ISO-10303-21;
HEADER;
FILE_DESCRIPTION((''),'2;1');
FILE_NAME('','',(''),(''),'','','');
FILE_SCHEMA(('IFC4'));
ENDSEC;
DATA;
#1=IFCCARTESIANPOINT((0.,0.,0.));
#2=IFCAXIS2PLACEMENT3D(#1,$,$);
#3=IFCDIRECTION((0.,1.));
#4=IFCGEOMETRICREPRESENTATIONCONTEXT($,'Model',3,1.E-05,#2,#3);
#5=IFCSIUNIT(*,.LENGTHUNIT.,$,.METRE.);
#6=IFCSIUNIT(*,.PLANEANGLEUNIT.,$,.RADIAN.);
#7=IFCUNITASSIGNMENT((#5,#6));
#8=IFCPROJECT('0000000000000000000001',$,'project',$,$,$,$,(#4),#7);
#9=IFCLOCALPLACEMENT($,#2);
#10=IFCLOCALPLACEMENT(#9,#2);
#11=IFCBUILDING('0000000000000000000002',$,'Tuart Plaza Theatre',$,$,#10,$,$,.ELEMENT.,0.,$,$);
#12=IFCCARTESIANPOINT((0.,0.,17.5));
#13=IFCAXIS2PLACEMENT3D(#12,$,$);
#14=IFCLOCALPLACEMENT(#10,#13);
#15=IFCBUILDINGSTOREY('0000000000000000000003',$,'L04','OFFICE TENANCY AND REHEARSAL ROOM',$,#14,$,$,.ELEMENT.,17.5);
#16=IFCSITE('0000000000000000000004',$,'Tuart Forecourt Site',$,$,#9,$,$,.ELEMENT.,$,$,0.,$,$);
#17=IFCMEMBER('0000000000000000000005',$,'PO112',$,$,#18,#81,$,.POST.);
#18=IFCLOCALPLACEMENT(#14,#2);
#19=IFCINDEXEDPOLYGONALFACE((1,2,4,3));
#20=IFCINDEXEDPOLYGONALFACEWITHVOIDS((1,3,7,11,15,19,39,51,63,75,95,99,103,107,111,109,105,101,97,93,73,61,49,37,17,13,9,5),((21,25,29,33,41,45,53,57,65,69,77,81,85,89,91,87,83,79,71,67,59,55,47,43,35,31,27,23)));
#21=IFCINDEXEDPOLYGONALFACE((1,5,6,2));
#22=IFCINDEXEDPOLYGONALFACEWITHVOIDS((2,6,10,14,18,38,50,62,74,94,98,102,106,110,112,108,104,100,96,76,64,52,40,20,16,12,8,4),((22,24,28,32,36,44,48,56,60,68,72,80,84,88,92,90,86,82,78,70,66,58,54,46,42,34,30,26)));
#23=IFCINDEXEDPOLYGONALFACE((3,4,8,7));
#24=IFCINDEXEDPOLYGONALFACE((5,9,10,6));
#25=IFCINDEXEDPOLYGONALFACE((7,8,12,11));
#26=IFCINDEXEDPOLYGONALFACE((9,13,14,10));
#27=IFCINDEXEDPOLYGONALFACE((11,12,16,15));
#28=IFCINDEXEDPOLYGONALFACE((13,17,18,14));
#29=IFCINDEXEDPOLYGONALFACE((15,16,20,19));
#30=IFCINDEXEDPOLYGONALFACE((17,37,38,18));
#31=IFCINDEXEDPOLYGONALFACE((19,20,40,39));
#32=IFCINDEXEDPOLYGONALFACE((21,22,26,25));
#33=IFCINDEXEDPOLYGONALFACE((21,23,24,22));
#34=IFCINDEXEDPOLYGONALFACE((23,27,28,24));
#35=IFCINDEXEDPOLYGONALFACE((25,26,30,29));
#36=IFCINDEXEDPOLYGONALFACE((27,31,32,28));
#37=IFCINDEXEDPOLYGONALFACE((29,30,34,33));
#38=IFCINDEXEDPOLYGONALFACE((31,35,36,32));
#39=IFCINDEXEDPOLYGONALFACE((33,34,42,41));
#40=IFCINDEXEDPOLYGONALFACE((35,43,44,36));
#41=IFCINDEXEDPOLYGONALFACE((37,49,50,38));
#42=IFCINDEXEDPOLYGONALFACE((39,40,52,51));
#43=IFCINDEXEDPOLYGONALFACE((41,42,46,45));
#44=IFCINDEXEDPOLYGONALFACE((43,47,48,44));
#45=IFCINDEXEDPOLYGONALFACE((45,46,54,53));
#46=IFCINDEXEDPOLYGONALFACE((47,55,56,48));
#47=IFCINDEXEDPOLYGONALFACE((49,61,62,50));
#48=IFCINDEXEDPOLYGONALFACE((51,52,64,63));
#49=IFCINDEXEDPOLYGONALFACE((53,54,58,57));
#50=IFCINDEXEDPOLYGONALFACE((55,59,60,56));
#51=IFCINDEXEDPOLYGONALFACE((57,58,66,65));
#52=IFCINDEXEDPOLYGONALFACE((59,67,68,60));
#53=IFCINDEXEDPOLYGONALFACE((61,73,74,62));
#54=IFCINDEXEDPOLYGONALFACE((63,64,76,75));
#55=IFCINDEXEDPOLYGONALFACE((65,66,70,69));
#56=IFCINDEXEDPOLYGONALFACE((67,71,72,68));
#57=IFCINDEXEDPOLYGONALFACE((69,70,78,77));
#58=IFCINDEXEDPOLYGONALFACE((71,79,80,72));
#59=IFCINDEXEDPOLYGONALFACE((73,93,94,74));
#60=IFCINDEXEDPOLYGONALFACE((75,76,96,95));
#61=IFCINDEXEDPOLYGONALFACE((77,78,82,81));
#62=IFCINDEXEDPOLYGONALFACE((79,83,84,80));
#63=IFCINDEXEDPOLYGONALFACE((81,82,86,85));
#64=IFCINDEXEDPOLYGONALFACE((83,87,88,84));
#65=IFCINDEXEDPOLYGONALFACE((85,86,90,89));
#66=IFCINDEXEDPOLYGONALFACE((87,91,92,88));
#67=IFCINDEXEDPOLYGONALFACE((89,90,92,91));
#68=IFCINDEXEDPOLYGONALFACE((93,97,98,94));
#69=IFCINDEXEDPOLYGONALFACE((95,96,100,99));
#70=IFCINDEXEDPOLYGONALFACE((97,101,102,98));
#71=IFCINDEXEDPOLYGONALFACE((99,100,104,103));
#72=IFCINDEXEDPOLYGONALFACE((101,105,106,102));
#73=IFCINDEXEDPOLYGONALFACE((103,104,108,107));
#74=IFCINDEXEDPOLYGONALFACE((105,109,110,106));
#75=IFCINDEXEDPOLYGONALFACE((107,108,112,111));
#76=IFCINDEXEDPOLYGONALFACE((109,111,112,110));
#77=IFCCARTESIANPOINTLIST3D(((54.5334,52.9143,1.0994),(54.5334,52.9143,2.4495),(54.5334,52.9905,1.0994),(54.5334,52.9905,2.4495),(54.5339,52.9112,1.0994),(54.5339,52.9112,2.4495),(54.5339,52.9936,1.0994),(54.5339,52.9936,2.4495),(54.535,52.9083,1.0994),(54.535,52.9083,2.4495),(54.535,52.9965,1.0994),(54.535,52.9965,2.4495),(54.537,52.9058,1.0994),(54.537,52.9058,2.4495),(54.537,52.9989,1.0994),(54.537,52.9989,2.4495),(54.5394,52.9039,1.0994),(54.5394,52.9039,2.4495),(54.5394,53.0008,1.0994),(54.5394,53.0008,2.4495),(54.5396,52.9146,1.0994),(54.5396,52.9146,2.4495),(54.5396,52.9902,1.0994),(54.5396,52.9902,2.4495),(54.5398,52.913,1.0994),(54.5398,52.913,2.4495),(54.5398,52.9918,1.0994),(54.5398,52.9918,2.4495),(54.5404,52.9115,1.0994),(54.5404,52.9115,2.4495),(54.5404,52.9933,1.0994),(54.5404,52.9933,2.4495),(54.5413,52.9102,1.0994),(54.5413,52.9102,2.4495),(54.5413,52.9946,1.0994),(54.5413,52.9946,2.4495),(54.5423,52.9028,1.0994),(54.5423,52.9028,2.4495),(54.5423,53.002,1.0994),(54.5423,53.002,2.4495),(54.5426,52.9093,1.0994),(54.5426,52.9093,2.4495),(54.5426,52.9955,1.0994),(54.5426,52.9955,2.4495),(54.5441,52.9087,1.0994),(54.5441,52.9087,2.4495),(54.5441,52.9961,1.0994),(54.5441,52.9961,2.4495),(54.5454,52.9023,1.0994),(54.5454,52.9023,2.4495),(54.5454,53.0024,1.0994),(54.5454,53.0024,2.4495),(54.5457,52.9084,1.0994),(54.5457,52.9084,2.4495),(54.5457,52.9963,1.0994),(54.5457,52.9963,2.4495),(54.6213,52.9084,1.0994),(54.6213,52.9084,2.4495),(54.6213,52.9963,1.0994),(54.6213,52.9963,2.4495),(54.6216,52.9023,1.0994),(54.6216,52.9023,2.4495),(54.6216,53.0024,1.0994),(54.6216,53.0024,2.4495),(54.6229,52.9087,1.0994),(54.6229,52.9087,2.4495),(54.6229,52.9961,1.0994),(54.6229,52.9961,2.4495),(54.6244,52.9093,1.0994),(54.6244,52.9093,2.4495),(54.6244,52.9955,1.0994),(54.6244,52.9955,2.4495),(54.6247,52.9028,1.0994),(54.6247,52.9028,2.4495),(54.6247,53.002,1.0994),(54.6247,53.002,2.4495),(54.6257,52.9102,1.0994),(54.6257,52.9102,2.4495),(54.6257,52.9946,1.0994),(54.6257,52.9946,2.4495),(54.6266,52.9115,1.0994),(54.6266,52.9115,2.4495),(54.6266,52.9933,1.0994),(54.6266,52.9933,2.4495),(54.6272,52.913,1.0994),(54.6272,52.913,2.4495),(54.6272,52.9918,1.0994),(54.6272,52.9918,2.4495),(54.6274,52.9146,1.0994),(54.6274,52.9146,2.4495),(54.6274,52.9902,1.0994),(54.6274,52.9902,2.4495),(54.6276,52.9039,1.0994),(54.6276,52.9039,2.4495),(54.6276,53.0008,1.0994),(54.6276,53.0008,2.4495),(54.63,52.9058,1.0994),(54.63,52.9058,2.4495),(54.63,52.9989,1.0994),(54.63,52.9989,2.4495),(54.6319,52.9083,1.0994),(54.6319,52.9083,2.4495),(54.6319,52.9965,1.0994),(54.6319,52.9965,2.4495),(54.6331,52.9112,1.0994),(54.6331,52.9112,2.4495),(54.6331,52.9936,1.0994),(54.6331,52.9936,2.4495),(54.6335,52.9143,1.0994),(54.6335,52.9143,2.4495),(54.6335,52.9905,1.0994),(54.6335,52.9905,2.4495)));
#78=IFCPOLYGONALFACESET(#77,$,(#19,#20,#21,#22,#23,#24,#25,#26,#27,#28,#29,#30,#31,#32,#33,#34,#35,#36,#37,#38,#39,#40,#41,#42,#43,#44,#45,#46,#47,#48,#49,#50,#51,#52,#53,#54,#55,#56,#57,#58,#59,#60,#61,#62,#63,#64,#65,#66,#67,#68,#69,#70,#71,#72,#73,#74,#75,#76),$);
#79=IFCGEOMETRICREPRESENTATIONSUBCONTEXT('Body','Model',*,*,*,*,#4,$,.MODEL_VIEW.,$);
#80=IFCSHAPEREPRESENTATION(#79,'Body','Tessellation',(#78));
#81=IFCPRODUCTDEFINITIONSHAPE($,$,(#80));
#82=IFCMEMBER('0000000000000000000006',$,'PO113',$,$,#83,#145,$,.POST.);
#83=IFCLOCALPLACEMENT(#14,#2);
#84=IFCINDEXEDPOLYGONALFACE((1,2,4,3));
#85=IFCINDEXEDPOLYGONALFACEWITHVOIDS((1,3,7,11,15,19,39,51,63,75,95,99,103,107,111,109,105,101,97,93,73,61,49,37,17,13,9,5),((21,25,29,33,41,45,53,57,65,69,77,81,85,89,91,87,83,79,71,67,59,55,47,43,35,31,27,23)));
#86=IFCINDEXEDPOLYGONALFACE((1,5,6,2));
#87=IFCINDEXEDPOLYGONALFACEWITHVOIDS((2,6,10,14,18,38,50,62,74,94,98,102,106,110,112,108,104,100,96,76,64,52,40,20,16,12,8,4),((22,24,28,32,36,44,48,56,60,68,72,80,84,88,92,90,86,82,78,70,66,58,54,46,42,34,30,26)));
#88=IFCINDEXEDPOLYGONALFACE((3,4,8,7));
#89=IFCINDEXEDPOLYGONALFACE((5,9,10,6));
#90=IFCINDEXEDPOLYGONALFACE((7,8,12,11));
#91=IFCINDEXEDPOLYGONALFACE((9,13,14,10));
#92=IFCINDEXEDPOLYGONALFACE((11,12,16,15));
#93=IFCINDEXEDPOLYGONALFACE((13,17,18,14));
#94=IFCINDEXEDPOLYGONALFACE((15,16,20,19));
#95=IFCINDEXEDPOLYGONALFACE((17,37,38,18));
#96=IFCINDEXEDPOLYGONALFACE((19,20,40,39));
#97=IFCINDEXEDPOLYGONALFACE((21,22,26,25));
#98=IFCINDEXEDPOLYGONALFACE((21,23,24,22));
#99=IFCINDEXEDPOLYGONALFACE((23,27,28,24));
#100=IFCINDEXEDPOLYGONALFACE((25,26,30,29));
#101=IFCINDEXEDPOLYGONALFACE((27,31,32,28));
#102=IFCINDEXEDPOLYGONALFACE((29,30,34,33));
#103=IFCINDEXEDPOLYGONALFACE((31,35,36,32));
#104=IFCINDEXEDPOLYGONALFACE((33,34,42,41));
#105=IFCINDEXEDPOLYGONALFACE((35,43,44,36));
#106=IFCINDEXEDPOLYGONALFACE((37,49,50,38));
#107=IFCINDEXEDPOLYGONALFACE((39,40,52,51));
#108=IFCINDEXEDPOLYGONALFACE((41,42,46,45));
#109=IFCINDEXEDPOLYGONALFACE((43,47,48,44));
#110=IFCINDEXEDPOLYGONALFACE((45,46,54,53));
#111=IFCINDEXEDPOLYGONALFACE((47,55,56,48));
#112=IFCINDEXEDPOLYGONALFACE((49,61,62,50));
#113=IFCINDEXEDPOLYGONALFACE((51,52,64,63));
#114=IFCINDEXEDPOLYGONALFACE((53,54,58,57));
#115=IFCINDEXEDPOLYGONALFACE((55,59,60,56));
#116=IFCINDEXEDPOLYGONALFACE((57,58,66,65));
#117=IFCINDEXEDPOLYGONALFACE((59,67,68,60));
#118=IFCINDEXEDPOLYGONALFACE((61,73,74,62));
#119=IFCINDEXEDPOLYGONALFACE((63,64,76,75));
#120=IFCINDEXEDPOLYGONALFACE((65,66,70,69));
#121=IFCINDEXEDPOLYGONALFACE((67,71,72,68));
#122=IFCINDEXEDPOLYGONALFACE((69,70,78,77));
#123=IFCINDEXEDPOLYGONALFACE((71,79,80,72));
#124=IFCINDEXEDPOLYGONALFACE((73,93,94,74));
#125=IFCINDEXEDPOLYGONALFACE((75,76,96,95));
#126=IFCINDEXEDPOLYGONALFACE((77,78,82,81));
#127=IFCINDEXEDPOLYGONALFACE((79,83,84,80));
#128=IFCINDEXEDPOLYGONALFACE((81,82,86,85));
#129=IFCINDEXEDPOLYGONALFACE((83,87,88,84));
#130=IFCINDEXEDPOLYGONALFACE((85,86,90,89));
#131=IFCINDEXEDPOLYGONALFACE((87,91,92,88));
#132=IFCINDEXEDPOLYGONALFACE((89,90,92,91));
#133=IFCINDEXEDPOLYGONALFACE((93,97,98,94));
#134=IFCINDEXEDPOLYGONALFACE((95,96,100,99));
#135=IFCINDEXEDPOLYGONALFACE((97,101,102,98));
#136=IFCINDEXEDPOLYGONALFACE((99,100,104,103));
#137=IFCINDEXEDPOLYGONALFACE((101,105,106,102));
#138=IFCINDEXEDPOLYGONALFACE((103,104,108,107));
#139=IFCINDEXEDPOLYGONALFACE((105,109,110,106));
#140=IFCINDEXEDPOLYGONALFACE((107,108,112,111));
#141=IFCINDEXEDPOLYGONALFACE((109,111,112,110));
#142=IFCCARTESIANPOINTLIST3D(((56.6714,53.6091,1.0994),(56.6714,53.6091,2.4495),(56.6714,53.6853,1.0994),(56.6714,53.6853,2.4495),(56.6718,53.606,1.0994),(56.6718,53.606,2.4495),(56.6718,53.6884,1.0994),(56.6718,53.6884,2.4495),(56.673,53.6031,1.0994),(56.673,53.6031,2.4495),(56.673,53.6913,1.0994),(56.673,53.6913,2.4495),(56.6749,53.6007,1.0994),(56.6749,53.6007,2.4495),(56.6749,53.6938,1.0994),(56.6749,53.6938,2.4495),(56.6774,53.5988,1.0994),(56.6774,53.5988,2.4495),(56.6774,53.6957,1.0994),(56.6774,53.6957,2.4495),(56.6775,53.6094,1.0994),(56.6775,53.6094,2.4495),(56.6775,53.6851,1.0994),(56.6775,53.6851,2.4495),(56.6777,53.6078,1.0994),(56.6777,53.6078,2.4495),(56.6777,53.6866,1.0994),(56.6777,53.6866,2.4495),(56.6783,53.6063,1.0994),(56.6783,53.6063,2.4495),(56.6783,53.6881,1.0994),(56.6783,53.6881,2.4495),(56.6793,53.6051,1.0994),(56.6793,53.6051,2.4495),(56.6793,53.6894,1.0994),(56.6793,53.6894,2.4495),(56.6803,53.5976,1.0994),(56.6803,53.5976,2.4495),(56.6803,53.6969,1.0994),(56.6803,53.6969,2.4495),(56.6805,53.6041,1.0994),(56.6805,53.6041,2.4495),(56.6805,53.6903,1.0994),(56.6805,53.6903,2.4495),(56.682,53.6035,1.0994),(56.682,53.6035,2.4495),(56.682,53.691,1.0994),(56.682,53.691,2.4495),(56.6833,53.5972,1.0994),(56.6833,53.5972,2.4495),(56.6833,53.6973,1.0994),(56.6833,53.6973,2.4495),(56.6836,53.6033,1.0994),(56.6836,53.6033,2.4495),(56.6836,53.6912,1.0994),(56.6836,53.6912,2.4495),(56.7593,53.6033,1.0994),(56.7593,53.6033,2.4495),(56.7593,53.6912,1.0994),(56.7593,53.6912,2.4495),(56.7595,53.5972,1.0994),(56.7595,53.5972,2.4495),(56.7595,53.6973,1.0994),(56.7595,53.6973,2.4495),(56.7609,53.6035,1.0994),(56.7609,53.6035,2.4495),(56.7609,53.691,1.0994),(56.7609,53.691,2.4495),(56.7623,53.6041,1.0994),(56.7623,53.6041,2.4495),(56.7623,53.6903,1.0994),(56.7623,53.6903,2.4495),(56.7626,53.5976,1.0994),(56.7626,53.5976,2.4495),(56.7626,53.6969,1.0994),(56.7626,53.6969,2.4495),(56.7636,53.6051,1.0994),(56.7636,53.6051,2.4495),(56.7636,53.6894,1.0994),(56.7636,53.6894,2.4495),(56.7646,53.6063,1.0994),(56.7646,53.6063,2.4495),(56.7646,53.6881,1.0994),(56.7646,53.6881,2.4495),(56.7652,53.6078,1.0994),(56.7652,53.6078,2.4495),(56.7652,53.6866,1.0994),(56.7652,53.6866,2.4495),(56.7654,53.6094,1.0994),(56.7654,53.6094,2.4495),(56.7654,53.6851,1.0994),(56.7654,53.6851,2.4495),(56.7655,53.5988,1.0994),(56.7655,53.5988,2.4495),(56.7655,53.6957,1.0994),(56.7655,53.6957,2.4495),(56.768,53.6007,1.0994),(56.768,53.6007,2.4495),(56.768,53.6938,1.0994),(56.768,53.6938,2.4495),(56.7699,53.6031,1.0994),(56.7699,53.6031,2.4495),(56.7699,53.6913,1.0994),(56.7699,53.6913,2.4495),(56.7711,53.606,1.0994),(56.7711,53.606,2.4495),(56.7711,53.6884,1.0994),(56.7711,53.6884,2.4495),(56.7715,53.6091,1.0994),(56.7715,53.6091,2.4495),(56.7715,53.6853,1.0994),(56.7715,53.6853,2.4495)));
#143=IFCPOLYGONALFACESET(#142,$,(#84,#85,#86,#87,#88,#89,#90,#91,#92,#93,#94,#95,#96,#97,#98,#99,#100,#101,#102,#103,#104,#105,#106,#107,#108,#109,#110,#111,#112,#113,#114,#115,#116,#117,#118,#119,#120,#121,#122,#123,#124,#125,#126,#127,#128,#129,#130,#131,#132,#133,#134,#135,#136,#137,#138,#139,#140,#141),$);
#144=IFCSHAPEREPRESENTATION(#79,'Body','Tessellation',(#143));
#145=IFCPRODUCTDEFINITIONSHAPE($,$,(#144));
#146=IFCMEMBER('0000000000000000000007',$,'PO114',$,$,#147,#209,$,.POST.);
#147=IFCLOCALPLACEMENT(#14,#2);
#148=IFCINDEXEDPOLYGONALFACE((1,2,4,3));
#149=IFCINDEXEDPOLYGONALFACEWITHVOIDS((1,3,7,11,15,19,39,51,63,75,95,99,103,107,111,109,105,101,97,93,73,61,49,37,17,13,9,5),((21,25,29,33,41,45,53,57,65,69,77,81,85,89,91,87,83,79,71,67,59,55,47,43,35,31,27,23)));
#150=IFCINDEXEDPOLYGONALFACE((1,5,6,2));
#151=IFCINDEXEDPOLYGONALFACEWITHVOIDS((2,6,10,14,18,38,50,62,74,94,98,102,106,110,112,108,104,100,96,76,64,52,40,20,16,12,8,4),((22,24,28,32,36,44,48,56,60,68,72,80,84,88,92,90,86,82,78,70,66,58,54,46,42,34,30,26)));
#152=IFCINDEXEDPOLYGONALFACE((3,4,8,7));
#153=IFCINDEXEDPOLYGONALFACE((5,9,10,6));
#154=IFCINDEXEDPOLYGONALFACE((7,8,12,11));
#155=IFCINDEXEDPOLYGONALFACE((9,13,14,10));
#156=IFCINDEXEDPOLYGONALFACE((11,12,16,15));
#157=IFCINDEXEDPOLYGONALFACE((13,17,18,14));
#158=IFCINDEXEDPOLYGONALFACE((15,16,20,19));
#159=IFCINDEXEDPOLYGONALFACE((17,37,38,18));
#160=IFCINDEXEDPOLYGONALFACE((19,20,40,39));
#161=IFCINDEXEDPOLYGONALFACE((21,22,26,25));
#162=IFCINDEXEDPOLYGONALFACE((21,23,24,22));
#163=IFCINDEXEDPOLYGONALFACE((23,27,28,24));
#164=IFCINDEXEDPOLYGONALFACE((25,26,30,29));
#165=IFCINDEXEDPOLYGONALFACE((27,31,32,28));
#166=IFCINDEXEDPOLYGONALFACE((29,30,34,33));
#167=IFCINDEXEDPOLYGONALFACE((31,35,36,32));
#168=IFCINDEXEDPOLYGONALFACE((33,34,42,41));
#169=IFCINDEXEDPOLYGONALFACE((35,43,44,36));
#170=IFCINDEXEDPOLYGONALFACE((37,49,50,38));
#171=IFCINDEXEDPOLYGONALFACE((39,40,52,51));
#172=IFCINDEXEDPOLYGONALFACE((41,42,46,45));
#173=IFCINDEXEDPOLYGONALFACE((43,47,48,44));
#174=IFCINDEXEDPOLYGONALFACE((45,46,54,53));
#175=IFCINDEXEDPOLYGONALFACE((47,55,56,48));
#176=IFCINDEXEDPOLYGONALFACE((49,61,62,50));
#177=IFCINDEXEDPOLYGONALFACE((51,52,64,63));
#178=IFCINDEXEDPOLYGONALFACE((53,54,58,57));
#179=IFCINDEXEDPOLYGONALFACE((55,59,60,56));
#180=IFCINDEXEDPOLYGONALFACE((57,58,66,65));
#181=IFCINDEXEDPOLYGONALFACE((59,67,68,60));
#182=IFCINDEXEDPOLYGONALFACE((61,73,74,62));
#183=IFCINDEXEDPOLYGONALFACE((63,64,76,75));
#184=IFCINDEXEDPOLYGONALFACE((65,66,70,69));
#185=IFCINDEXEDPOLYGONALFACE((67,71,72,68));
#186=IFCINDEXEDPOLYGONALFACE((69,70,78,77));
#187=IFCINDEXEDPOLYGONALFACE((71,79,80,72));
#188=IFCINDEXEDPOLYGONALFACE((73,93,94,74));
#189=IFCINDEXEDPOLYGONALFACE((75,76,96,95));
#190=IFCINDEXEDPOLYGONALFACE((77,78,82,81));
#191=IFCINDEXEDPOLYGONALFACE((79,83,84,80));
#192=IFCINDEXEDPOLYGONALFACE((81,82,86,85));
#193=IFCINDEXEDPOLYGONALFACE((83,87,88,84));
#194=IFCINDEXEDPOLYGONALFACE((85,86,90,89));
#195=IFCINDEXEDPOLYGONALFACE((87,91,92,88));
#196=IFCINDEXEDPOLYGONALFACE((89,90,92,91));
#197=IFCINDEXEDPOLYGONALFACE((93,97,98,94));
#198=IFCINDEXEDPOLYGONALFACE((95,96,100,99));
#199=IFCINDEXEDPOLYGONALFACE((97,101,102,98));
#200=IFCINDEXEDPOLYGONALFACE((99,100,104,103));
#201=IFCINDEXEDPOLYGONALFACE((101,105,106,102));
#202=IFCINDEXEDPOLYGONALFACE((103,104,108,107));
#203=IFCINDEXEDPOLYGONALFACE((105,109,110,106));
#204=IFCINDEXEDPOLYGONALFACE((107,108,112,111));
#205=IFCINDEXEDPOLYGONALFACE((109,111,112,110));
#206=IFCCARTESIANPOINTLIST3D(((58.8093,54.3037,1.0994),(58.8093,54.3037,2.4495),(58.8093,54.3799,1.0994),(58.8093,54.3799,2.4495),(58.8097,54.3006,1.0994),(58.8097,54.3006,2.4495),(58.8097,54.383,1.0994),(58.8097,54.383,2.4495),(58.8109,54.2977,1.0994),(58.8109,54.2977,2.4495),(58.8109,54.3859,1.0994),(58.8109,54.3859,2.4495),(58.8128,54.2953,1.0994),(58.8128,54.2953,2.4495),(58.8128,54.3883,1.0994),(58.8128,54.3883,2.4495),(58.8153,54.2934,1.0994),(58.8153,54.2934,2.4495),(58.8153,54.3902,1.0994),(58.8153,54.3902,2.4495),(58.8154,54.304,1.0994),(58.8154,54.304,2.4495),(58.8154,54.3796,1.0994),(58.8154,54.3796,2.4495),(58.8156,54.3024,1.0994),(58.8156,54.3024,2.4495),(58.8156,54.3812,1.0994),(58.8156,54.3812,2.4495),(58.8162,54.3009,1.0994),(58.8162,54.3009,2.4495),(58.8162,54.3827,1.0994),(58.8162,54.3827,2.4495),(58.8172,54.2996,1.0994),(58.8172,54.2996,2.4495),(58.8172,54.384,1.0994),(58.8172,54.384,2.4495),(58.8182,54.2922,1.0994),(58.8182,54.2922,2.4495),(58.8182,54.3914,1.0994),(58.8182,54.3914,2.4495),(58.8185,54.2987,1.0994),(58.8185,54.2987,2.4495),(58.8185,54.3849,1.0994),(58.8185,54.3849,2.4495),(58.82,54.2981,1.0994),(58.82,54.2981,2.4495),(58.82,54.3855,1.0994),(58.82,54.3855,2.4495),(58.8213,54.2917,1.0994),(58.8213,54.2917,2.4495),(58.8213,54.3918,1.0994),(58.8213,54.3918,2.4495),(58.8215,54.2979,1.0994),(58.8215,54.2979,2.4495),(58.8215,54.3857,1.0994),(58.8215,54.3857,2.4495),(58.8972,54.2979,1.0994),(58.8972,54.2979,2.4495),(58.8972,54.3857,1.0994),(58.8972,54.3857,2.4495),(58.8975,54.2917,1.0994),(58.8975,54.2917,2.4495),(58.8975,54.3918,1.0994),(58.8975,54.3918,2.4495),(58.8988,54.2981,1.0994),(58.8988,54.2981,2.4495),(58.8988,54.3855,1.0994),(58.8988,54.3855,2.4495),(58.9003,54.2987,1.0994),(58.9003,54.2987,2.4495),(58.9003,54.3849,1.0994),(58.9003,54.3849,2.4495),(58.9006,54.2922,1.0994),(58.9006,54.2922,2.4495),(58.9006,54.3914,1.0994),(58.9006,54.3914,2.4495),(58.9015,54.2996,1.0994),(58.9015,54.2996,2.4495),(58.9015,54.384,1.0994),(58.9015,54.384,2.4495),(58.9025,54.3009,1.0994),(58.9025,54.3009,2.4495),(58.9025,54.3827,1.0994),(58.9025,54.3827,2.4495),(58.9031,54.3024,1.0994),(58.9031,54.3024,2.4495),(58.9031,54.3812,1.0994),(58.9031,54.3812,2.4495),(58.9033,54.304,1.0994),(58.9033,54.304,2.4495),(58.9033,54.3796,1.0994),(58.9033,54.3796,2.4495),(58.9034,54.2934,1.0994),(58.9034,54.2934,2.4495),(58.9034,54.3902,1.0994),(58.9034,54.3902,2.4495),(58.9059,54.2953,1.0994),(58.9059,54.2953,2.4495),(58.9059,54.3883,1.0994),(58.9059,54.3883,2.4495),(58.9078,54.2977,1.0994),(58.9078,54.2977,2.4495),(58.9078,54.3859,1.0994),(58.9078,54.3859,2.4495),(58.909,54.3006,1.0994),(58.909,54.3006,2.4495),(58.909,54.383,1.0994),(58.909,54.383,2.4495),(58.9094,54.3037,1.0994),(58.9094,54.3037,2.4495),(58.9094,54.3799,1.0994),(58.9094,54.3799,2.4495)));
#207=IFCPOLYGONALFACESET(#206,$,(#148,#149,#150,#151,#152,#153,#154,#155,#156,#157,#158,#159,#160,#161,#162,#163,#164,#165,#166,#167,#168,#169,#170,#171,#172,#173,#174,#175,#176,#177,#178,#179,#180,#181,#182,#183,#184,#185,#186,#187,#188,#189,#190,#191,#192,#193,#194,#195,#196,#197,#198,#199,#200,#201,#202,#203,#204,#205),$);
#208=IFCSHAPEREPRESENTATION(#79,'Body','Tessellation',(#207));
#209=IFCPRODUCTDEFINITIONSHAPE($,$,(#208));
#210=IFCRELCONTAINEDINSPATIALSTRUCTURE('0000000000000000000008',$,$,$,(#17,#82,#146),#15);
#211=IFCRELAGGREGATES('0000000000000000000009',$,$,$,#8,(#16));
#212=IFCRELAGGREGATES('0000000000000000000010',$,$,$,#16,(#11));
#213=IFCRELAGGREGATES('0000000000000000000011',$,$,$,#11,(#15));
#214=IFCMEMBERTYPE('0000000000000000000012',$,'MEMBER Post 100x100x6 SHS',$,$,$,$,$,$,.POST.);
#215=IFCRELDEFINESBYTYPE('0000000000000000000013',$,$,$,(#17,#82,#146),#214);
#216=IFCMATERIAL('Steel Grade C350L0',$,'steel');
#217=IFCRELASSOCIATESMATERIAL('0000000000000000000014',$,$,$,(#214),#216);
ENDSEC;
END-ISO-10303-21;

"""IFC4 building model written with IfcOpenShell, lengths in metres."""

from ifc_helpers import new_model, si_unit, direction, frame, origin, origin_2d, place, context, subcontext, project, spatial, hollow_rectangle, extrude, material, material_profile, profile_set, type_object, element, save


model = new_model("IFC4")

# Units and contexts
model_context = context("Model", 3, precision=1e-05, world=origin(), true_north=direction((0.0, 1.0)))
body_context = subcontext(model_context, "Body", "Model", "MODEL_VIEW")
ifc_project = project(units=[si_unit("LENGTHUNIT", "METRE"), si_unit("PLANEANGLEUNIT", "RADIAN")], contexts=[model_context])

# Site, building, storey
site_placement = place(None, origin())
site = spatial("IfcSite", under=ifc_project, at=site_placement, Name="Tuart Forecourt Site", CompositionType="ELEMENT", RefElevation=0.0)
building_placement = place(site_placement, origin())
building = spatial("IfcBuilding", under=site, at=building_placement, Name="Tuart Plaza Theatre", CompositionType="ELEMENT", ElevationOfRefHeight=0.0)
storey_placement = place(building_placement, frame((0.0, 0.0, 17.5)))
storey = spatial("IfcBuildingStorey", under=building, at=storey_placement, Name="L04", Description="OFFICE TENANCY AND REHEARSAL ROOM", CompositionType="ELEMENT", Elevation=17.5)

# Members
ifc_material_1 = material(Name="Steel Grade C350L0", Category="steel")
ifc_material_profile_1 = material_profile(ifc_material_1, hollow_rectangle(XDim=0.1001, YDim=0.1001, WallThickness=0.0061, InnerFilletRadius=0.0061, OuterFilletRadius=0.012, at=origin_2d()), Name="100x100x6 SHS")
ifc_profile_set_1 = profile_set([ifc_material_profile_1], Name="Steel Grade C350L0")
member_type_1 = type_object("IfcMemberType", Name="MEMBER Post 100x100x6 SHS", PredefinedType="POST", material=ifc_profile_set_1)
for number, where, z_axis, x_axis, name in (
    (1, (54.5835, 52.9524, 1.0994), (0.0, 0.0, 1.0), (1.0, 0.0, 0.0), "PO112"),
    (2, (56.7214, 53.6472, 1.0994), (0.0, 0.0, 1.0), (1.0, 0.0, 0.0), "PO113"),
    (3, (58.8594, 54.3418, 1.0994), (0.0, 0.0, 1.0), (1.0, 0.0, 0.0), "PO114"),
):
    element("IfcMember", number, at=place(storey_placement, frame(where, z_axis=z_axis, x_axis=x_axis)), inside=storey, type_object=member_type_1, Name=name, PredefinedType="POST", context=body_context, shape_type="SweptSolid", body=[
        extrude(hollow_rectangle(XDim=0.1001, YDim=0.1001, WallThickness=0.0061, InnerFilletRadius=0.0061, OuterFilletRadius=0.012, at=origin_2d()), origin(), (0.0, 0.0, 1.0), 1.3501),
    ])

save(model, "model.ifc")
